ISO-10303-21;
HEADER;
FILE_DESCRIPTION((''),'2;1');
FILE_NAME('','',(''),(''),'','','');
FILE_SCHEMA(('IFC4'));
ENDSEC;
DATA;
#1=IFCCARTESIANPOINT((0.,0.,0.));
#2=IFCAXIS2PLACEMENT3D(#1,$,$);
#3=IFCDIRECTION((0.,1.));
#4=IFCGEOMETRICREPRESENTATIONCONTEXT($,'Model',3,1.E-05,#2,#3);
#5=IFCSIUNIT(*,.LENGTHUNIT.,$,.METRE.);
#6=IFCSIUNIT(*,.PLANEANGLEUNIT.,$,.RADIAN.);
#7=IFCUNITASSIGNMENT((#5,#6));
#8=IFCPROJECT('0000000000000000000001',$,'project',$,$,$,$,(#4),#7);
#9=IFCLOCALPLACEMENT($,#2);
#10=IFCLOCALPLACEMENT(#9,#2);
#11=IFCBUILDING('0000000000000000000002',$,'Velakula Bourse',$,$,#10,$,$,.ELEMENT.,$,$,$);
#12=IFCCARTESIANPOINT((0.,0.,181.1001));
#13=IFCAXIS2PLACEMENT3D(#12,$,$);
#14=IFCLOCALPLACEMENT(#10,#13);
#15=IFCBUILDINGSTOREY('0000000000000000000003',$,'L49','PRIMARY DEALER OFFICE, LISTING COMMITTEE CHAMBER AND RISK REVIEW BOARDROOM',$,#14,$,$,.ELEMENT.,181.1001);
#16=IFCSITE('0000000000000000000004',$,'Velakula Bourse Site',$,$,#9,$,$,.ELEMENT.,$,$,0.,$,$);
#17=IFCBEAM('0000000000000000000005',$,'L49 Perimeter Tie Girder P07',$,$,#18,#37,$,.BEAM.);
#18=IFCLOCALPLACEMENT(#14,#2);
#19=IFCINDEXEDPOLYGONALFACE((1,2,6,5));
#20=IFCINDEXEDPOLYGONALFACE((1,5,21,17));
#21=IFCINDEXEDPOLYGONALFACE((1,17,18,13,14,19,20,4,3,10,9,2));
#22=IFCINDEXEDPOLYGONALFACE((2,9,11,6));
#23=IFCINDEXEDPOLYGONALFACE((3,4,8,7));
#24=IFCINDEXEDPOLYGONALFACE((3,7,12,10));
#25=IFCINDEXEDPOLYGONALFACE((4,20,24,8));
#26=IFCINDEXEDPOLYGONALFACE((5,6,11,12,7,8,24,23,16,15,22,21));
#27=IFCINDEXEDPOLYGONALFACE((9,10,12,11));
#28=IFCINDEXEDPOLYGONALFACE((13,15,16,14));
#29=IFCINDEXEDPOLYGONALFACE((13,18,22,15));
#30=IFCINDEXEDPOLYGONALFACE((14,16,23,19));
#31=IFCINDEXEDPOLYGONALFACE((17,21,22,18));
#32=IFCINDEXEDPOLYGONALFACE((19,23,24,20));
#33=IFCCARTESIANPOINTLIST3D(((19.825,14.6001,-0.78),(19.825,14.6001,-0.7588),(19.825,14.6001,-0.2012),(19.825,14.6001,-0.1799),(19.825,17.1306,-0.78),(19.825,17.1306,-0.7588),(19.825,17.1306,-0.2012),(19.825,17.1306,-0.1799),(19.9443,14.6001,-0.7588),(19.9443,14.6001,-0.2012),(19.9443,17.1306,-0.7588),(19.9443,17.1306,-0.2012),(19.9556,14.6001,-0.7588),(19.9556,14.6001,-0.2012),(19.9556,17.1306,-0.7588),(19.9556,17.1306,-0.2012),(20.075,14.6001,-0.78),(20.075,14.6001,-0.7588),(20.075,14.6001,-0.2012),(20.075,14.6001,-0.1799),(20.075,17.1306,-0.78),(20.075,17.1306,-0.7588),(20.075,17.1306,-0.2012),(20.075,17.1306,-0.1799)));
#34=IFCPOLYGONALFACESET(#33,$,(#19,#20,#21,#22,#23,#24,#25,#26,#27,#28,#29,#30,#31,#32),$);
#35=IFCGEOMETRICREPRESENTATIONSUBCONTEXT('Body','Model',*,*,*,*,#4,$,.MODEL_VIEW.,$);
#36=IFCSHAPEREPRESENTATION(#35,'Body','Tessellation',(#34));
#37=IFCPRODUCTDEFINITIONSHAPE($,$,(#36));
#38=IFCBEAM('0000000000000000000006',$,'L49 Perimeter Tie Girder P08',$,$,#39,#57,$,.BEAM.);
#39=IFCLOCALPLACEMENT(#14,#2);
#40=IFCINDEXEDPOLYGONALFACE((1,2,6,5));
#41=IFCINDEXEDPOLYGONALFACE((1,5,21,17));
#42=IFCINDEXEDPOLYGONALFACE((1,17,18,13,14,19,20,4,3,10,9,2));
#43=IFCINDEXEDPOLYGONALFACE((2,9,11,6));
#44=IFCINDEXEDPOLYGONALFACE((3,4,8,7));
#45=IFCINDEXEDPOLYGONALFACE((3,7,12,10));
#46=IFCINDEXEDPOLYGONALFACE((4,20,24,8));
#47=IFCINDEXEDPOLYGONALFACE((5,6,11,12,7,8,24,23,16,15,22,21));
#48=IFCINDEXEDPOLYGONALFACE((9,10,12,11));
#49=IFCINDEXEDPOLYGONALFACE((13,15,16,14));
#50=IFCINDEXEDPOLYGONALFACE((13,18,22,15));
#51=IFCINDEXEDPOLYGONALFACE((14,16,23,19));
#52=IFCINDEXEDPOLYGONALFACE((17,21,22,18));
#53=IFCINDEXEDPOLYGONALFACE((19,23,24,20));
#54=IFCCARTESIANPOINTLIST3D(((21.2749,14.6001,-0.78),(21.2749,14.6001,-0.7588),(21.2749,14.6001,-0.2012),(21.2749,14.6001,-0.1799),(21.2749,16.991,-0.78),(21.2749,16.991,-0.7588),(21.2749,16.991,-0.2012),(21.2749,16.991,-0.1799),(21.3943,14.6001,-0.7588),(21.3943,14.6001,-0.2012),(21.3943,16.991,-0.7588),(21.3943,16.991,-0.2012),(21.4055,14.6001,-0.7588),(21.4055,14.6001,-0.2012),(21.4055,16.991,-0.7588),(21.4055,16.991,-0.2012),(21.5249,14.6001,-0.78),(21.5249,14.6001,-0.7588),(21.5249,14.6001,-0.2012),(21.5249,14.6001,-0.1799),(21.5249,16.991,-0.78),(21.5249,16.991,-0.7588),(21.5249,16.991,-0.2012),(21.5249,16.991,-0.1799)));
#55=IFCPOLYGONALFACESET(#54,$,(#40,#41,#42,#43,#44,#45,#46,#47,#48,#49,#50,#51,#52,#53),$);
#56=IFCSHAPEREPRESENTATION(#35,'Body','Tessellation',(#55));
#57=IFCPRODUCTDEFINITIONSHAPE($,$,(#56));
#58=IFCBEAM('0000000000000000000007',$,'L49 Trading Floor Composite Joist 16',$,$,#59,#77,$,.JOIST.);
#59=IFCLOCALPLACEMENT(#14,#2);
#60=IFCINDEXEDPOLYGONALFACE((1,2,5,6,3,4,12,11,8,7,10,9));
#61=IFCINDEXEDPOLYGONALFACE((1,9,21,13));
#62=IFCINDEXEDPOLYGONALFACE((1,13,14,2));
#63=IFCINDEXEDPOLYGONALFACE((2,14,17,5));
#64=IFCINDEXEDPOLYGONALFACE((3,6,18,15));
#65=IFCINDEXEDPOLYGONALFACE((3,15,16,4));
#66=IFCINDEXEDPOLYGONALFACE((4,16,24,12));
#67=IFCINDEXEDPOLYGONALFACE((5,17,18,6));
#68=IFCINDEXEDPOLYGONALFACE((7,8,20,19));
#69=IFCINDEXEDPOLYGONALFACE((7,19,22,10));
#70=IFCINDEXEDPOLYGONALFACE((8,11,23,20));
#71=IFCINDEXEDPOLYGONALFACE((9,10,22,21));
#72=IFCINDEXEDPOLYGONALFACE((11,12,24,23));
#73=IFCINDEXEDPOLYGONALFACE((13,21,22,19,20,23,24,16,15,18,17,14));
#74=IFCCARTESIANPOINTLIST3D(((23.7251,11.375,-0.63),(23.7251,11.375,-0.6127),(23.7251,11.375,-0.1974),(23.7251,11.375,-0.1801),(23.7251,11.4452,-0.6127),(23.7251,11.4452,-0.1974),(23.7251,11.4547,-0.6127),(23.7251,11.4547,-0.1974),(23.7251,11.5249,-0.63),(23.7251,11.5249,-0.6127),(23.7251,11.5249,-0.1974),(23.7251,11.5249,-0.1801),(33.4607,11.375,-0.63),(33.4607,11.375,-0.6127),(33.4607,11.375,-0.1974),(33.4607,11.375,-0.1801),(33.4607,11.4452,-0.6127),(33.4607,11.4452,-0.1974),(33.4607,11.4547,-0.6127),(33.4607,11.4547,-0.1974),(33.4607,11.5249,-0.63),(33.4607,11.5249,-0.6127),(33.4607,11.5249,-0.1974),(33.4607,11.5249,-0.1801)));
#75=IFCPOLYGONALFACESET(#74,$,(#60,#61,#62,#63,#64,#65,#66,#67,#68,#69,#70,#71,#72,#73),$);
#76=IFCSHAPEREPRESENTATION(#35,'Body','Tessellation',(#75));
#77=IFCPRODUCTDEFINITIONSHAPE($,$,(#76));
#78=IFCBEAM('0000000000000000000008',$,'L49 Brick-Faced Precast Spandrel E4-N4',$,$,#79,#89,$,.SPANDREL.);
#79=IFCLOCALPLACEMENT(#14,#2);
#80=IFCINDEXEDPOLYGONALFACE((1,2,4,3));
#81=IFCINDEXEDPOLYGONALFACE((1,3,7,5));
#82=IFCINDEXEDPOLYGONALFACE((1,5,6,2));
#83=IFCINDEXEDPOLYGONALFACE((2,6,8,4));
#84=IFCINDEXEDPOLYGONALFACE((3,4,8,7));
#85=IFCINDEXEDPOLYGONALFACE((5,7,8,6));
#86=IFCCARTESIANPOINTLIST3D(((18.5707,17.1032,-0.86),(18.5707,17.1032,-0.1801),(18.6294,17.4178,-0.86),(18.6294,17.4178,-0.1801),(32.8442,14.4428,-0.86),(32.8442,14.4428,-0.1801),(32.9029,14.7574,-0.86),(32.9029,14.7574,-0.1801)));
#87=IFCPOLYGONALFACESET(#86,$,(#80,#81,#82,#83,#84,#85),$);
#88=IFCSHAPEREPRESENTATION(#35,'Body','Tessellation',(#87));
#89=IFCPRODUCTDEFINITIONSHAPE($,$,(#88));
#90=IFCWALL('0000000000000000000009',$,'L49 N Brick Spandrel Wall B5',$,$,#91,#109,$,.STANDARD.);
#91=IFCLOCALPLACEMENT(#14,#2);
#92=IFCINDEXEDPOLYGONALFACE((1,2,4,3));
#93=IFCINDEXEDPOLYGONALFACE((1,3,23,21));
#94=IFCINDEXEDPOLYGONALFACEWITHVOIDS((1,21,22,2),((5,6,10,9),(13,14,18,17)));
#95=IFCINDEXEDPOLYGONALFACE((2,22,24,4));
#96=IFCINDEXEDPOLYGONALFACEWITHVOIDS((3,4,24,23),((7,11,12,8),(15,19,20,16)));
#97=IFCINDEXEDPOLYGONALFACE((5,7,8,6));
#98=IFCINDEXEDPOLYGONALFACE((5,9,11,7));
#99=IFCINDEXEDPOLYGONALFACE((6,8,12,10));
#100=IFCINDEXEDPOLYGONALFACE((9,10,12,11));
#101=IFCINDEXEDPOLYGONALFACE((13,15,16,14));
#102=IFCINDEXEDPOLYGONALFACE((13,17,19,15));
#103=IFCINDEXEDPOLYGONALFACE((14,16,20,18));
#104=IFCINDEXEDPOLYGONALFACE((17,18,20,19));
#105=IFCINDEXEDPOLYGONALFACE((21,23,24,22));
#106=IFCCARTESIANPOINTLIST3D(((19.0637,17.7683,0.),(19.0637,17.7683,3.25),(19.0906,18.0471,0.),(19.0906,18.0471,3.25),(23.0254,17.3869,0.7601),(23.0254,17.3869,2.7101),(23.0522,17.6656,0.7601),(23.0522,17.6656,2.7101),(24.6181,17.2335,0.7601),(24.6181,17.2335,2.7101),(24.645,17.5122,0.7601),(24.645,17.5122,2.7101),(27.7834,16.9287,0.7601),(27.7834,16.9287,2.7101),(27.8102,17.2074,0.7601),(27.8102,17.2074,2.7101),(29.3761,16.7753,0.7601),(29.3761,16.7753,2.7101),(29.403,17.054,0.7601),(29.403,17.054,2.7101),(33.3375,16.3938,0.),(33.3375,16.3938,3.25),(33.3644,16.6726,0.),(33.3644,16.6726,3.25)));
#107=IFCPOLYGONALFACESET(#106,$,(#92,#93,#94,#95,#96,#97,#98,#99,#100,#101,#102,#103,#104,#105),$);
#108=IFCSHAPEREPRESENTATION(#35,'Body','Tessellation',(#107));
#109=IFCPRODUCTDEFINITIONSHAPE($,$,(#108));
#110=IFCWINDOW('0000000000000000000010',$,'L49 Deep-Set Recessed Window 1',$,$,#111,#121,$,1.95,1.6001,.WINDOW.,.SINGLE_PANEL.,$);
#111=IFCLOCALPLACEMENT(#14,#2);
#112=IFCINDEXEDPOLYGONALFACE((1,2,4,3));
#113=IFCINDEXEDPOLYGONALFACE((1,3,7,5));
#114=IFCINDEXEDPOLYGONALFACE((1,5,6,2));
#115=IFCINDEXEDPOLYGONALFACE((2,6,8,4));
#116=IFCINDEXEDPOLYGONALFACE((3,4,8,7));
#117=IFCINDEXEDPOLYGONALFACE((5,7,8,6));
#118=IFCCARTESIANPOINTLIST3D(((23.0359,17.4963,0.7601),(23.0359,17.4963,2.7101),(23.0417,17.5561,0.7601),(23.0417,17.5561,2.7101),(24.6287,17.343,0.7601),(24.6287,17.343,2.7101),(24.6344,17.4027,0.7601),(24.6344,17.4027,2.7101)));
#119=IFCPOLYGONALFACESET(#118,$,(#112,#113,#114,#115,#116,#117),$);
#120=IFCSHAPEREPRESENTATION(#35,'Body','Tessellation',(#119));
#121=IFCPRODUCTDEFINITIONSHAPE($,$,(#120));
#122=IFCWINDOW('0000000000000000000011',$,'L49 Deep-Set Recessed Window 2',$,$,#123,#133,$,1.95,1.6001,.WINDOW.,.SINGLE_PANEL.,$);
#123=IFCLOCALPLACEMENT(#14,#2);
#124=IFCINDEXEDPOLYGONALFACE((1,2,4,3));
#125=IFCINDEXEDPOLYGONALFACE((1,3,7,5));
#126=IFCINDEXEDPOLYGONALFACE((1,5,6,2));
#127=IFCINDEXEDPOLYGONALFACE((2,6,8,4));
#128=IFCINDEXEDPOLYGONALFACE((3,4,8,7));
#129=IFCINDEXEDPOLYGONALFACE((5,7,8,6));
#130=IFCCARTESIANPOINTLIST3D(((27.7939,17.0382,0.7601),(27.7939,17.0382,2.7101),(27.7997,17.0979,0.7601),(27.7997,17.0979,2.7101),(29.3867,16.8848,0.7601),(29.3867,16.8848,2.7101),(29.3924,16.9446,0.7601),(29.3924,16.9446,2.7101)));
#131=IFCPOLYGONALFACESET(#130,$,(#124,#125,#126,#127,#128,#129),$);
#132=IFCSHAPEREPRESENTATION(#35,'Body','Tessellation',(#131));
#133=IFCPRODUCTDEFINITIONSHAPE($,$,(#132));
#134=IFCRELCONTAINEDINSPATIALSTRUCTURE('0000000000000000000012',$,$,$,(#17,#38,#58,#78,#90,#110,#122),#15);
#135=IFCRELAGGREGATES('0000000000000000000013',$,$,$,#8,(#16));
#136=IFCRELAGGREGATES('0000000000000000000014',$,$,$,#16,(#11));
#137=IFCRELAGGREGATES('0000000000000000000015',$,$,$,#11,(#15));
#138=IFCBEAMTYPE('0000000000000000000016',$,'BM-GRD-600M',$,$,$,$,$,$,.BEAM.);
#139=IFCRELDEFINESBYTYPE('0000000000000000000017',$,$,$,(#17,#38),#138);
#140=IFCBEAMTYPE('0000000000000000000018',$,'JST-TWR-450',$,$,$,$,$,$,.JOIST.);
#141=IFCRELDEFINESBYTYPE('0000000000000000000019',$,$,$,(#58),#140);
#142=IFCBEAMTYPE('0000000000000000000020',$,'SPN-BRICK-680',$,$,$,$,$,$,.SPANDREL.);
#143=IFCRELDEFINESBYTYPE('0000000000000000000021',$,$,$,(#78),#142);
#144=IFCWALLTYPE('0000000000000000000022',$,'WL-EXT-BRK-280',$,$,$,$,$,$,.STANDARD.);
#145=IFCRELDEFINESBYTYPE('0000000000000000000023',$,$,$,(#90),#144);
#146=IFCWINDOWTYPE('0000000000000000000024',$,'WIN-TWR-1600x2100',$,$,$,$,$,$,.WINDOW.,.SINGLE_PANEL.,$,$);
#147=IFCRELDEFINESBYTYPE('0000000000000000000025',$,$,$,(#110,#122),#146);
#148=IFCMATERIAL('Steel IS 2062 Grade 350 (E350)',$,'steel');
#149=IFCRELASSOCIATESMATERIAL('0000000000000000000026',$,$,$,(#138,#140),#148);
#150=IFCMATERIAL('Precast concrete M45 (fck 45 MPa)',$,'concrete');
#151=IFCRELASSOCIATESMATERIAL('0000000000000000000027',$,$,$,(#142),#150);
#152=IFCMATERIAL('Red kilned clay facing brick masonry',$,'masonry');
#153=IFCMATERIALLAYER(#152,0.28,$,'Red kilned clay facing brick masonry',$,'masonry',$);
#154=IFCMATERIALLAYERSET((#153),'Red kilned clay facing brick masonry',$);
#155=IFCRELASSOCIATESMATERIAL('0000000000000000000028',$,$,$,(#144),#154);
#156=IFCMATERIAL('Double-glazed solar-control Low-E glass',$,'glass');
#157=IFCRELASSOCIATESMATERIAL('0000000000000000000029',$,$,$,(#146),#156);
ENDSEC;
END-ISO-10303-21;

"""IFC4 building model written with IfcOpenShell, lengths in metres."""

from ifc_helpers import new_model, si_unit, direction, frame, frame_2d, origin, origin_2d, place, context, subcontext, project, spatial, rectangle, i_section, extrude, material, layer, layer_set, material_profile, profile_set, type_object, element, fill, save


model = new_model("IFC4")

# Units and contexts
model_context = context("Model", 3, precision=1e-05, world=origin(), true_north=direction((0.0, 1.0)))
body_context = subcontext(model_context, "Body", "Model", "MODEL_VIEW")
ifc_project = project(units=[si_unit("LENGTHUNIT", "METRE"), si_unit("PLANEANGLEUNIT", "RADIAN")], contexts=[model_context])

# Site, building, storey
site_placement = place(None, origin())
site = spatial("IfcSite", under=ifc_project, at=site_placement, Name="Velakula Bourse Site", CompositionType="ELEMENT", RefElevation=0.0)
building_placement = place(site_placement, origin())
building = spatial("IfcBuilding", under=site, at=building_placement, Name="Velakula Bourse", CompositionType="ELEMENT")
storey_placement = place(building_placement, frame((0.0, 0.0, 181.1001)))
storey = spatial("IfcBuildingStorey", under=building, at=storey_placement, Name="L49", Description="PRIMARY DEALER OFFICE, LISTING COMMITTEE CHAMBER AND RISK REVIEW BOARDROOM", CompositionType="ELEMENT", Elevation=181.1001)

# Shared definitions
ifc_material_1 = material(Name="Steel IS 2062 Grade 350 (E350)", Category="steel")
ifc_material_2 = material(Name="Precast concrete M45 (fck 45 MPa)", Category="concrete")

# Beams
ifc_material_profile_1 = material_profile(ifc_material_1, i_section(OverallWidth=0.25, OverallDepth=0.6001, WebThickness=0.0112, FlangeThickness=0.0212, at=origin_2d()), Name="Steel IS 2062 Grade 350 (E350)")
ifc_profile_set_1 = profile_set([ifc_material_profile_1], Name="Steel IS 2062 Grade 350 (E350)")
beam_type_1 = type_object("IfcBeamType", Name="BM-GRD-600M", PredefinedType="BEAM", material=ifc_profile_set_1)
beam_1_placement = place(storey_placement, frame((19.95, 14.6001, -0.48), z_axis=(0.0, 1.0, 0.0), x_axis=(-1.0, 0.0, 0.0)))
element("IfcBeam", 1, at=beam_1_placement, inside=storey, type_object=beam_type_1, Name="L49 Perimeter Tie Girder P07", PredefinedType="BEAM", context=body_context, shape_type="SweptSolid", body=[
    extrude(i_section(OverallWidth=0.25, OverallDepth=0.6001, WebThickness=0.0112, FlangeThickness=0.0212, at=origin_2d()), origin(), (0.0, 0.0, 1.0), 2.5305),
])
beam_2_placement = place(storey_placement, frame((21.3999, 14.6001, -0.48), z_axis=(0.0, 1.0, 0.0), x_axis=(-1.0, 0.0, 0.0)))
element("IfcBeam", 2, at=beam_2_placement, inside=storey, type_object=beam_type_1, Name="L49 Perimeter Tie Girder P08", PredefinedType="BEAM", context=body_context, shape_type="SweptSolid", body=[
    extrude(i_section(OverallWidth=0.25, OverallDepth=0.6001, WebThickness=0.0112, FlangeThickness=0.0212, at=origin_2d()), origin(), (0.0, 0.0, 1.0), 2.3909),
])
ifc_material_profile_2 = material_profile(ifc_material_1, i_section(OverallWidth=0.1499, OverallDepth=0.45, WebThickness=0.0095, FlangeThickness=0.0173, at=origin_2d()), Name="Steel IS 2062 Grade 350 (E350)")
ifc_profile_set_2 = profile_set([ifc_material_profile_2], Name="Steel IS 2062 Grade 350 (E350)")
beam_type_2 = type_object("IfcBeamType", Name="JST-TWR-450", PredefinedType="JOIST", material=ifc_profile_set_2)
beam_3_placement = place(storey_placement, frame((23.7251, 11.45, -0.405), z_axis=(1.0, 0.0, 0.0), x_axis=(0.0, 1.0, 0.0)))
element("IfcBeam", 3, at=beam_3_placement, inside=storey, type_object=beam_type_2, Name="L49 Trading Floor Composite Joist 16", PredefinedType="JOIST", context=body_context, shape_type="SweptSolid", body=[
    extrude(i_section(OverallWidth=0.1499, OverallDepth=0.45, WebThickness=0.0095, FlangeThickness=0.0173, at=origin_2d()), origin(), (0.0, 0.0, 1.0), 9.7356),
])
ifc_material_profile_3 = material_profile(ifc_material_2, rectangle(XDim=0.3201, YDim=0.6799, at=origin_2d()), Name="Precast concrete M45 (fck 45 MPa)")
ifc_profile_set_3 = profile_set([ifc_material_profile_3], Name="Precast concrete M45 (fck 45 MPa)")
beam_type_3 = type_object("IfcBeamType", Name="SPN-BRICK-680", PredefinedType="SPANDREL", material=ifc_profile_set_3)
beam_4_placement = place(storey_placement, frame((32.8735, 14.6001, -0.52), z_axis=(-0.98307, 0.183233, 0.0), x_axis=(-0.183233, -0.98307, 0.0)))
element("IfcBeam", 4, at=beam_4_placement, inside=storey, type_object=beam_type_3, Name="L49 Brick-Faced Precast Spandrel E4-N4", PredefinedType="SPANDREL", context=body_context, shape_type="SweptSolid", body=[
    extrude(rectangle(XDim=0.3201, YDim=0.6799, at=origin_2d()), origin(), (0.0, 0.0, 1.0), 14.5193),
])

# Wall, openings, windows
ifc_material_3 = material(Name="Red kilned clay facing brick masonry", Category="masonry")
ifc_layer = layer(ifc_material_3, 0.28, Name="Red kilned clay facing brick masonry", Category="masonry")
ifc_layer_set = layer_set([ifc_layer], Name="Red kilned clay facing brick masonry")
wall_type = type_object("IfcWallType", Name="WL-EXT-BRK-280", PredefinedType="STANDARD", material=ifc_layer_set)
wall_1_placement = place(storey_placement, frame((19.0771, 17.9077, 0.0), z_axis=(0.0, 0.0, 1.0), x_axis=(0.995396, -0.095852, 0.0)))
wall_1 = element("IfcWall", 5, at=wall_1_placement, inside=storey, type_object=wall_type, Name="L49 N Brick Spandrel Wall B5", PredefinedType="STANDARD", context=body_context, shape_type="SweptSolid", body=[
    extrude(rectangle(XDim=14.3398, YDim=0.28, at=frame_2d((7.1699, 0.0))), origin(), (0.0, 0.0, 1.0), 3.25),
])
opening_1_placement = place(wall_1_placement, frame((3.98, 0.0, 0.76)))
opening_1 = element("IfcOpeningElement", 6, at=opening_1_placement, cuts=wall_1, PredefinedType="OPENING", context=body_context, shape_type="SweptSolid", body=[
    extrude(rectangle(XDim=1.6001, YDim=1.95, at=frame_2d((0.8, 0.9751))), frame((0.0, 0.1499, 0.0), z_axis=(0.0, -1.0, 0.0), x_axis=(1.0, 0.0, 0.0)), (0.0, 0.0, 1.0), 0.3),
])
opening_2_placement = place(wall_1_placement, frame((8.76, 0.0, 0.76)))
opening_2 = element("IfcOpeningElement", 7, at=opening_2_placement, cuts=wall_1, PredefinedType="OPENING", context=body_context, shape_type="SweptSolid", body=[
    extrude(rectangle(XDim=1.6001, YDim=1.95, at=frame_2d((0.8, 0.9751))), frame((0.0, 0.1499, 0.0), z_axis=(0.0, -1.0, 0.0), x_axis=(1.0, 0.0, 0.0)), (0.0, 0.0, 1.0), 0.3),
])
ifc_material_4 = material(Name="Double-glazed solar-control Low-E glass", Category="glass")
window_type_1 = type_object("IfcWindowType", Name="WIN-TWR-1600x2100", PartitioningType="SINGLE_PANEL", PredefinedType="WINDOW", material=ifc_material_4)
window_1_placement = place(opening_1_placement, origin())
window_1 = element("IfcWindow", 8, at=window_1_placement, inside=storey, type_object=window_type_1, Name="L49 Deep-Set Recessed Window 1", OverallHeight=1.95, OverallWidth=1.6001, PartitioningType="SINGLE_PANEL", PredefinedType="WINDOW", context=body_context, shape_type="SweptSolid", body=[
    extrude(rectangle(XDim=1.6001, YDim=1.95, at=frame_2d((0.8, 0.9751))), frame((0.0, 0.03, 0.0), z_axis=(0.0, -1.0, 0.0), x_axis=(1.0, 0.0, 0.0)), (0.0, 0.0, 1.0), 0.0601),
])
fill(opening_1, window_1)
window_2_placement = place(opening_2_placement, origin())
window_2 = element("IfcWindow", 9, at=window_2_placement, inside=storey, type_object=window_type_1, Name="L49 Deep-Set Recessed Window 2", OverallHeight=1.95, OverallWidth=1.6001, PartitioningType="SINGLE_PANEL", PredefinedType="WINDOW", context=body_context, shape_type="SweptSolid", body=[
    extrude(rectangle(XDim=1.6001, YDim=1.95, at=frame_2d((0.8, 0.9751))), frame((0.0, 0.03, 0.0), z_axis=(0.0, -1.0, 0.0), x_axis=(1.0, 0.0, 0.0)), (0.0, 0.0, 1.0), 0.0601),
])
fill(opening_2, window_2)

save(model, "model.ifc")
